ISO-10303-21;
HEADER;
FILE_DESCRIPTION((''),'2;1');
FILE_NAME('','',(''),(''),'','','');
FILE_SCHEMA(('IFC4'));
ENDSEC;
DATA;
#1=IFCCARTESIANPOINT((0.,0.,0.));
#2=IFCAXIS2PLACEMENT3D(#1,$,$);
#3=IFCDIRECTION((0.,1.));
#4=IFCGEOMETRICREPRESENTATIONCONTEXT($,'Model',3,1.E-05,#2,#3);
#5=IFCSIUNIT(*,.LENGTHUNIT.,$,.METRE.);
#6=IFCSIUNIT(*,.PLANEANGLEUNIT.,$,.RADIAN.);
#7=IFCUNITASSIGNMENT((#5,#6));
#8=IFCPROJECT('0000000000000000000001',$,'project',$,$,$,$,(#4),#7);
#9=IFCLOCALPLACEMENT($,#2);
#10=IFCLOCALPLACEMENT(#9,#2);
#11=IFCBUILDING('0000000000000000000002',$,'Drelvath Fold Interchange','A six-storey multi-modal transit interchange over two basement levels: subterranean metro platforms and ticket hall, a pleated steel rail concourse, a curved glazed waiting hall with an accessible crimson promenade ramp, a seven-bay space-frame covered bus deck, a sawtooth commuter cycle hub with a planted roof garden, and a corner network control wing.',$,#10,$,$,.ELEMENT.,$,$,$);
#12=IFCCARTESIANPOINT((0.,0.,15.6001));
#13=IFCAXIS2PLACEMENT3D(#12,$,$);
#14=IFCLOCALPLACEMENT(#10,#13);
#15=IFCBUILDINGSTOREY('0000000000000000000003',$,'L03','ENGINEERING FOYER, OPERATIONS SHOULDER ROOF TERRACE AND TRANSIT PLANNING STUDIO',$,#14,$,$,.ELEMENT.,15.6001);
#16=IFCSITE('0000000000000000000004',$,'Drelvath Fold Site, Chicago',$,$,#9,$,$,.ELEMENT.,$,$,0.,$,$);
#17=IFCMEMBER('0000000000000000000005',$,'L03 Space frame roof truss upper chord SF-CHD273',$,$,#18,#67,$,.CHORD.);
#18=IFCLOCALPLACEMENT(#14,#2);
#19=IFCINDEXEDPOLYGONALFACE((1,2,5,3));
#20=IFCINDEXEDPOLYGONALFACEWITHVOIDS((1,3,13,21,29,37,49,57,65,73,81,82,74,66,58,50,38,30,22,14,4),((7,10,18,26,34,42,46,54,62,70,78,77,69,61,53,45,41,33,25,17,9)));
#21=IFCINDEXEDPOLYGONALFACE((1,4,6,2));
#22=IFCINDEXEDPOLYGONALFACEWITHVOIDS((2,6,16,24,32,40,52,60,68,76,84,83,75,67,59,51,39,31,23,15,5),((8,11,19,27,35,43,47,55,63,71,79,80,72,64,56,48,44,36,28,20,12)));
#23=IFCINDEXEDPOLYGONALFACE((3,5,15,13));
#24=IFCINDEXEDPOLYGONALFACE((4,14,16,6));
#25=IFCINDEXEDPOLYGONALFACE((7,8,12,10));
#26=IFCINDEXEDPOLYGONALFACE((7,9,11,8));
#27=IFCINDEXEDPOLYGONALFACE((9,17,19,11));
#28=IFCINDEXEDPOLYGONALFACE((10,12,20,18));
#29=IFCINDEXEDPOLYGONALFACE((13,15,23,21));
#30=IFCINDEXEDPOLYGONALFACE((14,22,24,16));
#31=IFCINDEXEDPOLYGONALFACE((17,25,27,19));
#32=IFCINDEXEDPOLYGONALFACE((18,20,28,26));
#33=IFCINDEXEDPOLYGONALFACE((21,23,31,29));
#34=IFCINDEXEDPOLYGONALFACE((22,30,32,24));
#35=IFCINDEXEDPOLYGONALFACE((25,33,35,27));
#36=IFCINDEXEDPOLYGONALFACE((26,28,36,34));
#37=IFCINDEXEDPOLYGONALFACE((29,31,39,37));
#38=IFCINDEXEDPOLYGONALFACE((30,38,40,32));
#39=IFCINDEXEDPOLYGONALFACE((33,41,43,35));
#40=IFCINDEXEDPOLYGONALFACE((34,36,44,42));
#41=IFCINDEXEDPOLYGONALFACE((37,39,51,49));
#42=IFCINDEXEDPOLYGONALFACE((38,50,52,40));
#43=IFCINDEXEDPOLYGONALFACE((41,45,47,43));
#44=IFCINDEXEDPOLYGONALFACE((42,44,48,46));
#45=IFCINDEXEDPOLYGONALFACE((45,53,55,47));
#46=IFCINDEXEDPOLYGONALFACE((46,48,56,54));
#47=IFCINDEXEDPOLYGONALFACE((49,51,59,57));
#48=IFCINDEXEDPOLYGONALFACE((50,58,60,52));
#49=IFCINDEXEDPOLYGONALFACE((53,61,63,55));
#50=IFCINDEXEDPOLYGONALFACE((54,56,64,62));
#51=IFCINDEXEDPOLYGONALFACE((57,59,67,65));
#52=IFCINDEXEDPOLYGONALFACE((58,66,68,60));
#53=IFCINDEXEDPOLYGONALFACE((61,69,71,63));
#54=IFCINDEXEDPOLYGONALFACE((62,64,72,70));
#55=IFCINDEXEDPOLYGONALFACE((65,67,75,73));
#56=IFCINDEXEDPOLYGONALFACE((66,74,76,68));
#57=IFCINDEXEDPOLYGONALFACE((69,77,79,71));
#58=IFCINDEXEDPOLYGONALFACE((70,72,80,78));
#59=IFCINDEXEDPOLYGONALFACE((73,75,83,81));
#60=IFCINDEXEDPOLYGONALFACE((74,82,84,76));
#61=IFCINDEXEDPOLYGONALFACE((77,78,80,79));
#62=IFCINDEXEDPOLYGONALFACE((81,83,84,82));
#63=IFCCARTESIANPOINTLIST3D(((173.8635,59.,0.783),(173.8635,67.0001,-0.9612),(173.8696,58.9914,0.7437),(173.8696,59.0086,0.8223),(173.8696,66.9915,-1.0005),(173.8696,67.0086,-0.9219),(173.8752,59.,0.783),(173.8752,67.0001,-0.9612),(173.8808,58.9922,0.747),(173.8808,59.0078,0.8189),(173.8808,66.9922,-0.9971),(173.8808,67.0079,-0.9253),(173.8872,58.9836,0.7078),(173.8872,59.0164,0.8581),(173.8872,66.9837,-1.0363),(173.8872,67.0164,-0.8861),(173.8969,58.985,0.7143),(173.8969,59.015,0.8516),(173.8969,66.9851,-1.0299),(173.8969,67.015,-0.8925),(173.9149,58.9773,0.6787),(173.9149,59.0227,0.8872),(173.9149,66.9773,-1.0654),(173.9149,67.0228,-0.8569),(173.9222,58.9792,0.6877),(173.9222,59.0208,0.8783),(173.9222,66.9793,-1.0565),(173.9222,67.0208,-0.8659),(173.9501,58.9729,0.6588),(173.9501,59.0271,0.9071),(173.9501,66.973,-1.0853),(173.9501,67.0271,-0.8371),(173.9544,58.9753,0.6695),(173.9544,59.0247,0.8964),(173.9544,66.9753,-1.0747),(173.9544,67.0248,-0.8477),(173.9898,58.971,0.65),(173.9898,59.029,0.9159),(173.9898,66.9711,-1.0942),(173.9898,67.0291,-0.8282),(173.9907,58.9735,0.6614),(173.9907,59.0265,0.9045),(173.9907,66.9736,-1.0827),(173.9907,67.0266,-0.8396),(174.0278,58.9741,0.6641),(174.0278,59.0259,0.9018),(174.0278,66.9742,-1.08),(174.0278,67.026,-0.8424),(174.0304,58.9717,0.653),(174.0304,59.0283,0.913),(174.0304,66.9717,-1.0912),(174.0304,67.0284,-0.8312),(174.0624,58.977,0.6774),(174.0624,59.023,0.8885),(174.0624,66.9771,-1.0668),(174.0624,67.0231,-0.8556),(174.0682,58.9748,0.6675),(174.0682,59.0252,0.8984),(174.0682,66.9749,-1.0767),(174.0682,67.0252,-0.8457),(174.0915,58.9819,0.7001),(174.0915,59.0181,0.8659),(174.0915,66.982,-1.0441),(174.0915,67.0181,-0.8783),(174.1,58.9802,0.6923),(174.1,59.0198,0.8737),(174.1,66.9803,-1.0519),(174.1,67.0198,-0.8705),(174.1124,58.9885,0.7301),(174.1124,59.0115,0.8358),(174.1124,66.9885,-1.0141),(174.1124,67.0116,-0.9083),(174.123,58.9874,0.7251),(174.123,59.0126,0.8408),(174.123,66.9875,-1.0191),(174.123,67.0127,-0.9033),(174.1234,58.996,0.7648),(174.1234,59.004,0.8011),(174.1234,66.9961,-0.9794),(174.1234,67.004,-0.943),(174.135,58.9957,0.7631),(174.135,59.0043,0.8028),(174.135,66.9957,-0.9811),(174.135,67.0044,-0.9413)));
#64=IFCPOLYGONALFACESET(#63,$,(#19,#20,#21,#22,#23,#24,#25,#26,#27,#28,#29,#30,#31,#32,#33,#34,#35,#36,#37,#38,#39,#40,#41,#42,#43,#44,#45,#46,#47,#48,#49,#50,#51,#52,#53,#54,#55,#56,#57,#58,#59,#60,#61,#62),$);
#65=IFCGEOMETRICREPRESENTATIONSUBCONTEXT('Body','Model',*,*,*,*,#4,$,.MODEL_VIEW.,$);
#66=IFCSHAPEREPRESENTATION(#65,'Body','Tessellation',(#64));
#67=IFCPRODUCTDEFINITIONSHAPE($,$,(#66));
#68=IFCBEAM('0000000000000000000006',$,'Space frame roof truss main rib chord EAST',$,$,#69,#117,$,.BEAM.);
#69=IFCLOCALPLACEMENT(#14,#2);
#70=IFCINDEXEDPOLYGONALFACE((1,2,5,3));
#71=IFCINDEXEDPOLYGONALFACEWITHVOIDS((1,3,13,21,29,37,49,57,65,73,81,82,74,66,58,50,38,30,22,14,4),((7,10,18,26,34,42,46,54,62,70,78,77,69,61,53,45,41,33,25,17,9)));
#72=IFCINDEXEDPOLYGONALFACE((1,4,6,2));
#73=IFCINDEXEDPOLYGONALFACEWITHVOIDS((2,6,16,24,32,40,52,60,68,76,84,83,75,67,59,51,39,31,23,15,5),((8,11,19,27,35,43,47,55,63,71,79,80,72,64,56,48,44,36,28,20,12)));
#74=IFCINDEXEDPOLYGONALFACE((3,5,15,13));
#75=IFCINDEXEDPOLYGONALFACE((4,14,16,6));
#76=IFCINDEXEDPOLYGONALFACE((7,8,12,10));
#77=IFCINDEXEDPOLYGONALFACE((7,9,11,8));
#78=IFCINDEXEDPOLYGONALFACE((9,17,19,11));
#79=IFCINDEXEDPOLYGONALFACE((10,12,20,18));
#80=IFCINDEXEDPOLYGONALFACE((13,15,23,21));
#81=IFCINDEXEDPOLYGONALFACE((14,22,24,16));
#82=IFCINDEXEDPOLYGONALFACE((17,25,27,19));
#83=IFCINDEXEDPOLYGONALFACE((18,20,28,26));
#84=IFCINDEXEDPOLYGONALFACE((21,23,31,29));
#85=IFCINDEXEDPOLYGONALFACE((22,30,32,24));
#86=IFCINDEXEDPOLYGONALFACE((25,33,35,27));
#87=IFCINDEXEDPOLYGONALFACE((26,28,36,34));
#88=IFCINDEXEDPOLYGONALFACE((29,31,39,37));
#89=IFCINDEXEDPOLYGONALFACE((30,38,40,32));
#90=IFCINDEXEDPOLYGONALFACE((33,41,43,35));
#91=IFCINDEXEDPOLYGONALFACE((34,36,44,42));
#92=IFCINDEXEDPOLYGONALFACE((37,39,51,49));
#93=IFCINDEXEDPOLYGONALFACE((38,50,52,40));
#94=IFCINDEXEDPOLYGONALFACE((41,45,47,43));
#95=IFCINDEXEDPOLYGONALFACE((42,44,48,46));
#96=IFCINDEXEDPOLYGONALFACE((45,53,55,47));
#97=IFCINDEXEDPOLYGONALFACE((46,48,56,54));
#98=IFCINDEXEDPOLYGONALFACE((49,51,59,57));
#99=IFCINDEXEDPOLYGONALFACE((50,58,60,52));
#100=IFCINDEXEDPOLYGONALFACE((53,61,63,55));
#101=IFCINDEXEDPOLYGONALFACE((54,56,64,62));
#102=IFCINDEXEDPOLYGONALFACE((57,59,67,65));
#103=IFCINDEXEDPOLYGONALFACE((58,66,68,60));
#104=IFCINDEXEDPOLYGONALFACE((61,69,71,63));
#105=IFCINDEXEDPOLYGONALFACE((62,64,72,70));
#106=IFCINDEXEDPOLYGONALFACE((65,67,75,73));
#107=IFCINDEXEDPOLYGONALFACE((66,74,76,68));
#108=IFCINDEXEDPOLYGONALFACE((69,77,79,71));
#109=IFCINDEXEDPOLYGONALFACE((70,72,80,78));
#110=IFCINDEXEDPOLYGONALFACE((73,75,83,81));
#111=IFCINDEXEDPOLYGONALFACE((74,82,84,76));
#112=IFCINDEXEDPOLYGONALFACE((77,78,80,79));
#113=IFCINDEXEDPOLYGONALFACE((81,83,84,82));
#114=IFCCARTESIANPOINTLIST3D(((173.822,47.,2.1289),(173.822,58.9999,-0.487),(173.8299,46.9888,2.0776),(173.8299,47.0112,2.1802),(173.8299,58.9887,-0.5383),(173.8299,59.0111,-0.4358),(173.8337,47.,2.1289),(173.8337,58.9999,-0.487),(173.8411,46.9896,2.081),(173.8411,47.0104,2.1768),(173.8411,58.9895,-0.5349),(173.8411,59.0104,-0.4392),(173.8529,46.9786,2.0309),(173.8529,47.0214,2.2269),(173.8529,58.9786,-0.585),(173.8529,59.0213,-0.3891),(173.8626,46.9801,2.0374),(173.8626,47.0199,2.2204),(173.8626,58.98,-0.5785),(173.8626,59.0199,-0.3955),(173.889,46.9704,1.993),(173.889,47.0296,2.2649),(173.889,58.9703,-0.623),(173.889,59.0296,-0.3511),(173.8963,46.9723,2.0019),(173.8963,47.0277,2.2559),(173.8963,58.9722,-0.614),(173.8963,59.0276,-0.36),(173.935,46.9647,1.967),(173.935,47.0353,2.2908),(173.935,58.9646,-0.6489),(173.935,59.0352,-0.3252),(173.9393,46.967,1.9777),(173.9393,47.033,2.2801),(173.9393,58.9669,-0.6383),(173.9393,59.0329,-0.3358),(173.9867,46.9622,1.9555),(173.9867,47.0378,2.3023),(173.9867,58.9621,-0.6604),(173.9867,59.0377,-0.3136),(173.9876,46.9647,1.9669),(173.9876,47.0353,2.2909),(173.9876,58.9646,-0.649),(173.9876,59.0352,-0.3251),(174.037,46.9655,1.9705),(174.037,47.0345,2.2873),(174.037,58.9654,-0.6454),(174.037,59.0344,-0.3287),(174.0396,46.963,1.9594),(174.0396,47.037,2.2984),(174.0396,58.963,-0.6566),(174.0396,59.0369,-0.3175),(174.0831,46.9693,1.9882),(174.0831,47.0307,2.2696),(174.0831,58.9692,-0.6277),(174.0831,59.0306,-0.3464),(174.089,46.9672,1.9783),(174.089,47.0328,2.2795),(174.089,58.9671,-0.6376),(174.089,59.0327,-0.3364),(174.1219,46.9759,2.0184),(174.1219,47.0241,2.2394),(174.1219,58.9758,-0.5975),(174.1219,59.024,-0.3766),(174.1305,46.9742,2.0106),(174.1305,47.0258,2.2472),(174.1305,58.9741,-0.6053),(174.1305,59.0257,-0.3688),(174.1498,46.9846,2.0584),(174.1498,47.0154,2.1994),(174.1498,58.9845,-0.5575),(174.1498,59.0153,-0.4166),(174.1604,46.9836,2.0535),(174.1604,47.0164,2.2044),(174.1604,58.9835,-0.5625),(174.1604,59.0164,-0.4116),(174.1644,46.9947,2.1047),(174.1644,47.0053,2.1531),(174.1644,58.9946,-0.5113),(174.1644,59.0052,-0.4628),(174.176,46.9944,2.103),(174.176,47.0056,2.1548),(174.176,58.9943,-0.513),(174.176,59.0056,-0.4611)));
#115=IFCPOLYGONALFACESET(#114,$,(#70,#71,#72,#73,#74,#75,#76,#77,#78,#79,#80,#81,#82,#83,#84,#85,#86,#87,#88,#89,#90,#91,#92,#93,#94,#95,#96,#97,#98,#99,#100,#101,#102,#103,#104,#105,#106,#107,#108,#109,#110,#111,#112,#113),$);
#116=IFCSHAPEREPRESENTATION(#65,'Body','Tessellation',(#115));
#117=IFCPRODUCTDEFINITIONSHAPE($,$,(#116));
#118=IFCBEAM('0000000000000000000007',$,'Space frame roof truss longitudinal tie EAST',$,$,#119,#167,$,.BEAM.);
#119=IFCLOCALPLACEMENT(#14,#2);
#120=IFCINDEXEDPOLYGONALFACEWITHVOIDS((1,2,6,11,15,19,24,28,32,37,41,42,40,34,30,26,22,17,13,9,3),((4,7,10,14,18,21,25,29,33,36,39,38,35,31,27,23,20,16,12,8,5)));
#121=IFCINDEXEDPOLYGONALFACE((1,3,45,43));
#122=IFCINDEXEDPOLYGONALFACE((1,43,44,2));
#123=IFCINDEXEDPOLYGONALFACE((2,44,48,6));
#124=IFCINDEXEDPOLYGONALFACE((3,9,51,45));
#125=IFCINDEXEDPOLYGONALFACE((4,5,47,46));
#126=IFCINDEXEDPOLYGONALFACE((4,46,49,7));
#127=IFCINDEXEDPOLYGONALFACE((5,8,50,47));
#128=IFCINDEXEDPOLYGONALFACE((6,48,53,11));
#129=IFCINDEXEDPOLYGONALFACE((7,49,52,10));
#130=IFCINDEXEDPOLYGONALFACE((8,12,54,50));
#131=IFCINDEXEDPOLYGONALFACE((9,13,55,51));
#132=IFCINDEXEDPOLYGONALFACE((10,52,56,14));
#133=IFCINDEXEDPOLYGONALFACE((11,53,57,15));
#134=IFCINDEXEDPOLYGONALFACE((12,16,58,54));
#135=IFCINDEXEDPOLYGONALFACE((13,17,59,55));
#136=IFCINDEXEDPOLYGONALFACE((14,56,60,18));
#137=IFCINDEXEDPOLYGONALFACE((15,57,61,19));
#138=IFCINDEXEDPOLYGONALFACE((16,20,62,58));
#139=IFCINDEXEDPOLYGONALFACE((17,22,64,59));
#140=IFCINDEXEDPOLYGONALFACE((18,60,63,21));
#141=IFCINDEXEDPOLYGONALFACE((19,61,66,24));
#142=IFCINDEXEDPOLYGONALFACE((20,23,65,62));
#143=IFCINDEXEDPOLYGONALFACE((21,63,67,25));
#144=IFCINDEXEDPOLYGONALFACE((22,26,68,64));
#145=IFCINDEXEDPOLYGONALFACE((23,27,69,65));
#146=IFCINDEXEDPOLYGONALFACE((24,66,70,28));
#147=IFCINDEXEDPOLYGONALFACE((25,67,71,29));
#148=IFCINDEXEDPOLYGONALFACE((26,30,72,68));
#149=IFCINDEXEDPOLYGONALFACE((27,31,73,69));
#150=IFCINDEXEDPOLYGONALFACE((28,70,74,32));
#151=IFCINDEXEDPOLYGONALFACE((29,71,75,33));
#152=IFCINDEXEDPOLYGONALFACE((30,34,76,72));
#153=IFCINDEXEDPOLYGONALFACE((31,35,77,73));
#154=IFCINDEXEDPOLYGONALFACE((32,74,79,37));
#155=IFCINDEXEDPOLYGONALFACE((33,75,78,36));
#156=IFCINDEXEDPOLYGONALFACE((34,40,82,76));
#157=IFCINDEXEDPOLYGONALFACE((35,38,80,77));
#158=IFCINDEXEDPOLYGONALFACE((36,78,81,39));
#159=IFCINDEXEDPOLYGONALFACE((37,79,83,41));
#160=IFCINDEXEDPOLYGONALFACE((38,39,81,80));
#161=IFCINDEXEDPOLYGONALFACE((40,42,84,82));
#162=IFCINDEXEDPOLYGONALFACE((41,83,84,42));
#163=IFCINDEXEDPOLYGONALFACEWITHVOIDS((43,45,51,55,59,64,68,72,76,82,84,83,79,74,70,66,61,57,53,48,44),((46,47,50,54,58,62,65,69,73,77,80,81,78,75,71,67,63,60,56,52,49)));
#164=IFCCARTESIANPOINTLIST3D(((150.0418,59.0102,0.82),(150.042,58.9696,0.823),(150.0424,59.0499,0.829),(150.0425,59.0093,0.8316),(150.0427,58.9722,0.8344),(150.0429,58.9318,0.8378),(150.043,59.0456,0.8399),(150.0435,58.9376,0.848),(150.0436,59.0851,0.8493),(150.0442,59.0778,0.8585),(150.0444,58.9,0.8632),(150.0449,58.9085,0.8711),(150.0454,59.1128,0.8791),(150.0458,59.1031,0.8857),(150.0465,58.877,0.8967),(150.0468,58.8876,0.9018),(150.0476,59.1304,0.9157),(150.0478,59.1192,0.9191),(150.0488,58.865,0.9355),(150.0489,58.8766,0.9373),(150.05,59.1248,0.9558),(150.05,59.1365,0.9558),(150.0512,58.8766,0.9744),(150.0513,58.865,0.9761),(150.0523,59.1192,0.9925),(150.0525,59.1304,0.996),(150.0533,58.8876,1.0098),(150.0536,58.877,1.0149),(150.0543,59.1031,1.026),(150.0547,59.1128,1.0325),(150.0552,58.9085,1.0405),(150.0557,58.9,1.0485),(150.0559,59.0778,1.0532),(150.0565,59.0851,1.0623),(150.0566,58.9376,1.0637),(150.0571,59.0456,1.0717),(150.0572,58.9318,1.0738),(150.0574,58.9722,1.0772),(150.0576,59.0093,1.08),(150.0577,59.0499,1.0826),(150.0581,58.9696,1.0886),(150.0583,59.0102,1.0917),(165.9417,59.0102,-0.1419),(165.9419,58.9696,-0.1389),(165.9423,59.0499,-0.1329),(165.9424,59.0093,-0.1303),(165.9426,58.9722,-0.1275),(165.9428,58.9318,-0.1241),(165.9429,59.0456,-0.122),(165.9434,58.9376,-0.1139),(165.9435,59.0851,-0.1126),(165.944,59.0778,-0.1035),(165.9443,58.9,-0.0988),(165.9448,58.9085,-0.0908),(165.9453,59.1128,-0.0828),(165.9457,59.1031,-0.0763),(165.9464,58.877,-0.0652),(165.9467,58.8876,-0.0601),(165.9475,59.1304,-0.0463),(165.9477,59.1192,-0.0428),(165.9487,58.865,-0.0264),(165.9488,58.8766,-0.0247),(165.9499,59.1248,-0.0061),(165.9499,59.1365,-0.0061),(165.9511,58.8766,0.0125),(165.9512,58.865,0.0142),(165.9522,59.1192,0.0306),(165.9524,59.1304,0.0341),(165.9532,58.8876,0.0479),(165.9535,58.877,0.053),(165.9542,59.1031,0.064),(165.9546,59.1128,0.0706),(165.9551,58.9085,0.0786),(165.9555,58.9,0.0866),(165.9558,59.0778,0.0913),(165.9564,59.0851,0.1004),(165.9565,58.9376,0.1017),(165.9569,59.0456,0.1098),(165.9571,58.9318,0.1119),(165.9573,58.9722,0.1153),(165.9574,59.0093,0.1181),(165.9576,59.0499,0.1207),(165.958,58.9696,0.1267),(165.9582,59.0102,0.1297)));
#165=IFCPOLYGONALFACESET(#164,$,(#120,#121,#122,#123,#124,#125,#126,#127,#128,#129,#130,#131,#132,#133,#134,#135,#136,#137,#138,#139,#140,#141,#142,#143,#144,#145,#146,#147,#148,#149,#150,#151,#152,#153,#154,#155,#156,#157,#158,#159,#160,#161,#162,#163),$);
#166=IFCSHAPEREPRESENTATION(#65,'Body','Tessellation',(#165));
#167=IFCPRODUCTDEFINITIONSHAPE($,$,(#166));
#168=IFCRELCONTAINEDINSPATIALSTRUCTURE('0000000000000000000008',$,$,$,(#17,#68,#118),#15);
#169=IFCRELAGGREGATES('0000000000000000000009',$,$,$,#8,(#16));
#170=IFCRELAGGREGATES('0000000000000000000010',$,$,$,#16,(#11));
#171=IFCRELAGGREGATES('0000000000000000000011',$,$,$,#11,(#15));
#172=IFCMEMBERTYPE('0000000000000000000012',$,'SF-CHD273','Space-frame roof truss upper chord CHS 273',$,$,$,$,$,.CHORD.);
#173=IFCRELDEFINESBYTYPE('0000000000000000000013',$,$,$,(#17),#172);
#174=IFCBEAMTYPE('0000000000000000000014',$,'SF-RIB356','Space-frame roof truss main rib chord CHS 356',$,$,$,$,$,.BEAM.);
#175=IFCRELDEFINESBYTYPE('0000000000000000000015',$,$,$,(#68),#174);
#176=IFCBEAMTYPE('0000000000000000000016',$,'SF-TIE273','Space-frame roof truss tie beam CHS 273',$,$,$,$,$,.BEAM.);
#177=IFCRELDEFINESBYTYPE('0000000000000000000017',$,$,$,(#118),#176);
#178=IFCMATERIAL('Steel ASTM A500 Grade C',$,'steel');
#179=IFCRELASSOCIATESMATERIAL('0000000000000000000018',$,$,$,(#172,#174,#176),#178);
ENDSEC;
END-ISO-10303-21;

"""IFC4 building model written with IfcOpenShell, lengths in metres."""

from ifc_helpers import new_model, si_unit, direction, frame, origin, origin_2d, place, context, subcontext, project, spatial, hollow_circle, extrude, material, material_profile, profile_set, type_object, element, save


model = new_model("IFC4")

# Units and contexts
model_context = context("Model", 3, precision=1e-05, world=origin(), true_north=direction((0.0, 1.0)))
body_context = subcontext(model_context, "Body", "Model", "MODEL_VIEW")
ifc_project = project(units=[si_unit("LENGTHUNIT", "METRE"), si_unit("PLANEANGLEUNIT", "RADIAN")], contexts=[model_context])

# Site, building, storey
site_placement = place(None, origin())
site = spatial("IfcSite", under=ifc_project, at=site_placement, Name="Drelvath Fold Site, Chicago", CompositionType="ELEMENT", RefElevation=0.0)
building_placement = place(site_placement, origin())
building = spatial("IfcBuilding", under=site, at=building_placement, Name="Drelvath Fold Interchange", Description="A six-storey multi-modal transit interchange over two basement levels: subterranean metro platforms and ticket hall, a pleated steel rail concourse, a curved glazed waiting hall with an accessible crimson promenade ramp, a seven-bay space-frame covered bus deck, a sawtooth commuter cycle hub with a planted roof garden, and a corner network control wing.", CompositionType="ELEMENT")
storey_placement = place(building_placement, frame((0.0, 0.0, 15.6001)))
storey = spatial("IfcBuildingStorey", under=building, at=storey_placement, Name="L03", Description="ENGINEERING FOYER, OPERATIONS SHOULDER ROOF TERRACE AND TRANSIT PLANNING STUDIO", CompositionType="ELEMENT", Elevation=15.6001)

# Member
ifc_material_1 = material(Name="Steel ASTM A500 Grade C", Category="steel")
ifc_material_profile_1 = material_profile(ifc_material_1, hollow_circle(Radius=0.1365, WallThickness=0.0117, at=origin_2d()), Name="HSS10.750X0.500")
ifc_profile_set_1 = profile_set([ifc_material_profile_1], Name="Steel ASTM A500 Grade C")
member_type_1 = type_object("IfcMemberType", Name="SF-CHD273", Description="Space-frame roof truss upper chord CHS 273", PredefinedType="CHORD", material=ifc_profile_set_1)
member_1_placement = place(storey_placement, frame((174.0, 59.0, 0.783), z_axis=(0.0, 0.977049, -0.213014), x_axis=(-1.0, 0.0, 0.0)))
element("IfcMember", 1, at=member_1_placement, inside=storey, type_object=member_type_1, Name="L03 Space frame roof truss upper chord SF-CHD273", PredefinedType="CHORD", context=body_context, shape_type="SweptSolid", body=[
    extrude(hollow_circle(Radius=0.1365, WallThickness=0.0117, at=origin_2d()), origin(), (0.0, 0.0, 1.0), 8.188),
])

# Beams
ifc_material_profile_2 = material_profile(ifc_material_1, hollow_circle(Radius=0.178, WallThickness=0.0117, at=origin_2d()), Name="HSS14.000X0.500")
ifc_profile_set_2 = profile_set([ifc_material_profile_2], Name="Steel ASTM A500 Grade C")
beam_type_1 = type_object("IfcBeamType", Name="SF-RIB356", Description="Space-frame roof truss main rib chord CHS 356", PredefinedType="BEAM", material=ifc_profile_set_2)
beam_1_placement = place(storey_placement, frame((174.0, 47.0, 2.1289), z_axis=(0.0, 0.977053, -0.212995), x_axis=(-1.0, 0.0, 0.0)))
element("IfcBeam", 2, at=beam_1_placement, inside=storey, type_object=beam_type_1, Name="Space frame roof truss main rib chord EAST", PredefinedType="BEAM", context=body_context, shape_type="SweptSolid", body=[
    extrude(hollow_circle(Radius=0.178, WallThickness=0.0117, at=origin_2d()), origin(), (0.0, 0.0, 1.0), 12.2817),
])
ifc_material_profile_3 = material_profile(ifc_material_1, hollow_circle(Radius=0.1365, WallThickness=0.0117, at=origin_2d()), Name="HSS10.750X0.500")
ifc_profile_set_3 = profile_set([ifc_material_profile_3], Name="Steel ASTM A500 Grade C")
beam_type_2 = type_object("IfcBeamType", Name="SF-TIE273", Description="Space-frame roof truss tie beam CHS 273", PredefinedType="BEAM", material=ifc_profile_set_3)
beam_2_placement = place(storey_placement, frame((150.05, 59.0, 0.9558), z_axis=(0.998175, 0.0, -0.060388), x_axis=(0.0, 1.0, 0.0)))
element("IfcBeam", 3, at=beam_2_placement, inside=storey, type_object=beam_type_2, Name="Space frame roof truss longitudinal tie EAST", PredefinedType="BEAM", context=body_context, shape_type="SweptSolid", body=[
    extrude(hollow_circle(Radius=0.1365, WallThickness=0.0117, at=origin_2d()), origin(), (0.0, 0.0, 1.0), 15.929),
])

save(model, "model.ifc")
